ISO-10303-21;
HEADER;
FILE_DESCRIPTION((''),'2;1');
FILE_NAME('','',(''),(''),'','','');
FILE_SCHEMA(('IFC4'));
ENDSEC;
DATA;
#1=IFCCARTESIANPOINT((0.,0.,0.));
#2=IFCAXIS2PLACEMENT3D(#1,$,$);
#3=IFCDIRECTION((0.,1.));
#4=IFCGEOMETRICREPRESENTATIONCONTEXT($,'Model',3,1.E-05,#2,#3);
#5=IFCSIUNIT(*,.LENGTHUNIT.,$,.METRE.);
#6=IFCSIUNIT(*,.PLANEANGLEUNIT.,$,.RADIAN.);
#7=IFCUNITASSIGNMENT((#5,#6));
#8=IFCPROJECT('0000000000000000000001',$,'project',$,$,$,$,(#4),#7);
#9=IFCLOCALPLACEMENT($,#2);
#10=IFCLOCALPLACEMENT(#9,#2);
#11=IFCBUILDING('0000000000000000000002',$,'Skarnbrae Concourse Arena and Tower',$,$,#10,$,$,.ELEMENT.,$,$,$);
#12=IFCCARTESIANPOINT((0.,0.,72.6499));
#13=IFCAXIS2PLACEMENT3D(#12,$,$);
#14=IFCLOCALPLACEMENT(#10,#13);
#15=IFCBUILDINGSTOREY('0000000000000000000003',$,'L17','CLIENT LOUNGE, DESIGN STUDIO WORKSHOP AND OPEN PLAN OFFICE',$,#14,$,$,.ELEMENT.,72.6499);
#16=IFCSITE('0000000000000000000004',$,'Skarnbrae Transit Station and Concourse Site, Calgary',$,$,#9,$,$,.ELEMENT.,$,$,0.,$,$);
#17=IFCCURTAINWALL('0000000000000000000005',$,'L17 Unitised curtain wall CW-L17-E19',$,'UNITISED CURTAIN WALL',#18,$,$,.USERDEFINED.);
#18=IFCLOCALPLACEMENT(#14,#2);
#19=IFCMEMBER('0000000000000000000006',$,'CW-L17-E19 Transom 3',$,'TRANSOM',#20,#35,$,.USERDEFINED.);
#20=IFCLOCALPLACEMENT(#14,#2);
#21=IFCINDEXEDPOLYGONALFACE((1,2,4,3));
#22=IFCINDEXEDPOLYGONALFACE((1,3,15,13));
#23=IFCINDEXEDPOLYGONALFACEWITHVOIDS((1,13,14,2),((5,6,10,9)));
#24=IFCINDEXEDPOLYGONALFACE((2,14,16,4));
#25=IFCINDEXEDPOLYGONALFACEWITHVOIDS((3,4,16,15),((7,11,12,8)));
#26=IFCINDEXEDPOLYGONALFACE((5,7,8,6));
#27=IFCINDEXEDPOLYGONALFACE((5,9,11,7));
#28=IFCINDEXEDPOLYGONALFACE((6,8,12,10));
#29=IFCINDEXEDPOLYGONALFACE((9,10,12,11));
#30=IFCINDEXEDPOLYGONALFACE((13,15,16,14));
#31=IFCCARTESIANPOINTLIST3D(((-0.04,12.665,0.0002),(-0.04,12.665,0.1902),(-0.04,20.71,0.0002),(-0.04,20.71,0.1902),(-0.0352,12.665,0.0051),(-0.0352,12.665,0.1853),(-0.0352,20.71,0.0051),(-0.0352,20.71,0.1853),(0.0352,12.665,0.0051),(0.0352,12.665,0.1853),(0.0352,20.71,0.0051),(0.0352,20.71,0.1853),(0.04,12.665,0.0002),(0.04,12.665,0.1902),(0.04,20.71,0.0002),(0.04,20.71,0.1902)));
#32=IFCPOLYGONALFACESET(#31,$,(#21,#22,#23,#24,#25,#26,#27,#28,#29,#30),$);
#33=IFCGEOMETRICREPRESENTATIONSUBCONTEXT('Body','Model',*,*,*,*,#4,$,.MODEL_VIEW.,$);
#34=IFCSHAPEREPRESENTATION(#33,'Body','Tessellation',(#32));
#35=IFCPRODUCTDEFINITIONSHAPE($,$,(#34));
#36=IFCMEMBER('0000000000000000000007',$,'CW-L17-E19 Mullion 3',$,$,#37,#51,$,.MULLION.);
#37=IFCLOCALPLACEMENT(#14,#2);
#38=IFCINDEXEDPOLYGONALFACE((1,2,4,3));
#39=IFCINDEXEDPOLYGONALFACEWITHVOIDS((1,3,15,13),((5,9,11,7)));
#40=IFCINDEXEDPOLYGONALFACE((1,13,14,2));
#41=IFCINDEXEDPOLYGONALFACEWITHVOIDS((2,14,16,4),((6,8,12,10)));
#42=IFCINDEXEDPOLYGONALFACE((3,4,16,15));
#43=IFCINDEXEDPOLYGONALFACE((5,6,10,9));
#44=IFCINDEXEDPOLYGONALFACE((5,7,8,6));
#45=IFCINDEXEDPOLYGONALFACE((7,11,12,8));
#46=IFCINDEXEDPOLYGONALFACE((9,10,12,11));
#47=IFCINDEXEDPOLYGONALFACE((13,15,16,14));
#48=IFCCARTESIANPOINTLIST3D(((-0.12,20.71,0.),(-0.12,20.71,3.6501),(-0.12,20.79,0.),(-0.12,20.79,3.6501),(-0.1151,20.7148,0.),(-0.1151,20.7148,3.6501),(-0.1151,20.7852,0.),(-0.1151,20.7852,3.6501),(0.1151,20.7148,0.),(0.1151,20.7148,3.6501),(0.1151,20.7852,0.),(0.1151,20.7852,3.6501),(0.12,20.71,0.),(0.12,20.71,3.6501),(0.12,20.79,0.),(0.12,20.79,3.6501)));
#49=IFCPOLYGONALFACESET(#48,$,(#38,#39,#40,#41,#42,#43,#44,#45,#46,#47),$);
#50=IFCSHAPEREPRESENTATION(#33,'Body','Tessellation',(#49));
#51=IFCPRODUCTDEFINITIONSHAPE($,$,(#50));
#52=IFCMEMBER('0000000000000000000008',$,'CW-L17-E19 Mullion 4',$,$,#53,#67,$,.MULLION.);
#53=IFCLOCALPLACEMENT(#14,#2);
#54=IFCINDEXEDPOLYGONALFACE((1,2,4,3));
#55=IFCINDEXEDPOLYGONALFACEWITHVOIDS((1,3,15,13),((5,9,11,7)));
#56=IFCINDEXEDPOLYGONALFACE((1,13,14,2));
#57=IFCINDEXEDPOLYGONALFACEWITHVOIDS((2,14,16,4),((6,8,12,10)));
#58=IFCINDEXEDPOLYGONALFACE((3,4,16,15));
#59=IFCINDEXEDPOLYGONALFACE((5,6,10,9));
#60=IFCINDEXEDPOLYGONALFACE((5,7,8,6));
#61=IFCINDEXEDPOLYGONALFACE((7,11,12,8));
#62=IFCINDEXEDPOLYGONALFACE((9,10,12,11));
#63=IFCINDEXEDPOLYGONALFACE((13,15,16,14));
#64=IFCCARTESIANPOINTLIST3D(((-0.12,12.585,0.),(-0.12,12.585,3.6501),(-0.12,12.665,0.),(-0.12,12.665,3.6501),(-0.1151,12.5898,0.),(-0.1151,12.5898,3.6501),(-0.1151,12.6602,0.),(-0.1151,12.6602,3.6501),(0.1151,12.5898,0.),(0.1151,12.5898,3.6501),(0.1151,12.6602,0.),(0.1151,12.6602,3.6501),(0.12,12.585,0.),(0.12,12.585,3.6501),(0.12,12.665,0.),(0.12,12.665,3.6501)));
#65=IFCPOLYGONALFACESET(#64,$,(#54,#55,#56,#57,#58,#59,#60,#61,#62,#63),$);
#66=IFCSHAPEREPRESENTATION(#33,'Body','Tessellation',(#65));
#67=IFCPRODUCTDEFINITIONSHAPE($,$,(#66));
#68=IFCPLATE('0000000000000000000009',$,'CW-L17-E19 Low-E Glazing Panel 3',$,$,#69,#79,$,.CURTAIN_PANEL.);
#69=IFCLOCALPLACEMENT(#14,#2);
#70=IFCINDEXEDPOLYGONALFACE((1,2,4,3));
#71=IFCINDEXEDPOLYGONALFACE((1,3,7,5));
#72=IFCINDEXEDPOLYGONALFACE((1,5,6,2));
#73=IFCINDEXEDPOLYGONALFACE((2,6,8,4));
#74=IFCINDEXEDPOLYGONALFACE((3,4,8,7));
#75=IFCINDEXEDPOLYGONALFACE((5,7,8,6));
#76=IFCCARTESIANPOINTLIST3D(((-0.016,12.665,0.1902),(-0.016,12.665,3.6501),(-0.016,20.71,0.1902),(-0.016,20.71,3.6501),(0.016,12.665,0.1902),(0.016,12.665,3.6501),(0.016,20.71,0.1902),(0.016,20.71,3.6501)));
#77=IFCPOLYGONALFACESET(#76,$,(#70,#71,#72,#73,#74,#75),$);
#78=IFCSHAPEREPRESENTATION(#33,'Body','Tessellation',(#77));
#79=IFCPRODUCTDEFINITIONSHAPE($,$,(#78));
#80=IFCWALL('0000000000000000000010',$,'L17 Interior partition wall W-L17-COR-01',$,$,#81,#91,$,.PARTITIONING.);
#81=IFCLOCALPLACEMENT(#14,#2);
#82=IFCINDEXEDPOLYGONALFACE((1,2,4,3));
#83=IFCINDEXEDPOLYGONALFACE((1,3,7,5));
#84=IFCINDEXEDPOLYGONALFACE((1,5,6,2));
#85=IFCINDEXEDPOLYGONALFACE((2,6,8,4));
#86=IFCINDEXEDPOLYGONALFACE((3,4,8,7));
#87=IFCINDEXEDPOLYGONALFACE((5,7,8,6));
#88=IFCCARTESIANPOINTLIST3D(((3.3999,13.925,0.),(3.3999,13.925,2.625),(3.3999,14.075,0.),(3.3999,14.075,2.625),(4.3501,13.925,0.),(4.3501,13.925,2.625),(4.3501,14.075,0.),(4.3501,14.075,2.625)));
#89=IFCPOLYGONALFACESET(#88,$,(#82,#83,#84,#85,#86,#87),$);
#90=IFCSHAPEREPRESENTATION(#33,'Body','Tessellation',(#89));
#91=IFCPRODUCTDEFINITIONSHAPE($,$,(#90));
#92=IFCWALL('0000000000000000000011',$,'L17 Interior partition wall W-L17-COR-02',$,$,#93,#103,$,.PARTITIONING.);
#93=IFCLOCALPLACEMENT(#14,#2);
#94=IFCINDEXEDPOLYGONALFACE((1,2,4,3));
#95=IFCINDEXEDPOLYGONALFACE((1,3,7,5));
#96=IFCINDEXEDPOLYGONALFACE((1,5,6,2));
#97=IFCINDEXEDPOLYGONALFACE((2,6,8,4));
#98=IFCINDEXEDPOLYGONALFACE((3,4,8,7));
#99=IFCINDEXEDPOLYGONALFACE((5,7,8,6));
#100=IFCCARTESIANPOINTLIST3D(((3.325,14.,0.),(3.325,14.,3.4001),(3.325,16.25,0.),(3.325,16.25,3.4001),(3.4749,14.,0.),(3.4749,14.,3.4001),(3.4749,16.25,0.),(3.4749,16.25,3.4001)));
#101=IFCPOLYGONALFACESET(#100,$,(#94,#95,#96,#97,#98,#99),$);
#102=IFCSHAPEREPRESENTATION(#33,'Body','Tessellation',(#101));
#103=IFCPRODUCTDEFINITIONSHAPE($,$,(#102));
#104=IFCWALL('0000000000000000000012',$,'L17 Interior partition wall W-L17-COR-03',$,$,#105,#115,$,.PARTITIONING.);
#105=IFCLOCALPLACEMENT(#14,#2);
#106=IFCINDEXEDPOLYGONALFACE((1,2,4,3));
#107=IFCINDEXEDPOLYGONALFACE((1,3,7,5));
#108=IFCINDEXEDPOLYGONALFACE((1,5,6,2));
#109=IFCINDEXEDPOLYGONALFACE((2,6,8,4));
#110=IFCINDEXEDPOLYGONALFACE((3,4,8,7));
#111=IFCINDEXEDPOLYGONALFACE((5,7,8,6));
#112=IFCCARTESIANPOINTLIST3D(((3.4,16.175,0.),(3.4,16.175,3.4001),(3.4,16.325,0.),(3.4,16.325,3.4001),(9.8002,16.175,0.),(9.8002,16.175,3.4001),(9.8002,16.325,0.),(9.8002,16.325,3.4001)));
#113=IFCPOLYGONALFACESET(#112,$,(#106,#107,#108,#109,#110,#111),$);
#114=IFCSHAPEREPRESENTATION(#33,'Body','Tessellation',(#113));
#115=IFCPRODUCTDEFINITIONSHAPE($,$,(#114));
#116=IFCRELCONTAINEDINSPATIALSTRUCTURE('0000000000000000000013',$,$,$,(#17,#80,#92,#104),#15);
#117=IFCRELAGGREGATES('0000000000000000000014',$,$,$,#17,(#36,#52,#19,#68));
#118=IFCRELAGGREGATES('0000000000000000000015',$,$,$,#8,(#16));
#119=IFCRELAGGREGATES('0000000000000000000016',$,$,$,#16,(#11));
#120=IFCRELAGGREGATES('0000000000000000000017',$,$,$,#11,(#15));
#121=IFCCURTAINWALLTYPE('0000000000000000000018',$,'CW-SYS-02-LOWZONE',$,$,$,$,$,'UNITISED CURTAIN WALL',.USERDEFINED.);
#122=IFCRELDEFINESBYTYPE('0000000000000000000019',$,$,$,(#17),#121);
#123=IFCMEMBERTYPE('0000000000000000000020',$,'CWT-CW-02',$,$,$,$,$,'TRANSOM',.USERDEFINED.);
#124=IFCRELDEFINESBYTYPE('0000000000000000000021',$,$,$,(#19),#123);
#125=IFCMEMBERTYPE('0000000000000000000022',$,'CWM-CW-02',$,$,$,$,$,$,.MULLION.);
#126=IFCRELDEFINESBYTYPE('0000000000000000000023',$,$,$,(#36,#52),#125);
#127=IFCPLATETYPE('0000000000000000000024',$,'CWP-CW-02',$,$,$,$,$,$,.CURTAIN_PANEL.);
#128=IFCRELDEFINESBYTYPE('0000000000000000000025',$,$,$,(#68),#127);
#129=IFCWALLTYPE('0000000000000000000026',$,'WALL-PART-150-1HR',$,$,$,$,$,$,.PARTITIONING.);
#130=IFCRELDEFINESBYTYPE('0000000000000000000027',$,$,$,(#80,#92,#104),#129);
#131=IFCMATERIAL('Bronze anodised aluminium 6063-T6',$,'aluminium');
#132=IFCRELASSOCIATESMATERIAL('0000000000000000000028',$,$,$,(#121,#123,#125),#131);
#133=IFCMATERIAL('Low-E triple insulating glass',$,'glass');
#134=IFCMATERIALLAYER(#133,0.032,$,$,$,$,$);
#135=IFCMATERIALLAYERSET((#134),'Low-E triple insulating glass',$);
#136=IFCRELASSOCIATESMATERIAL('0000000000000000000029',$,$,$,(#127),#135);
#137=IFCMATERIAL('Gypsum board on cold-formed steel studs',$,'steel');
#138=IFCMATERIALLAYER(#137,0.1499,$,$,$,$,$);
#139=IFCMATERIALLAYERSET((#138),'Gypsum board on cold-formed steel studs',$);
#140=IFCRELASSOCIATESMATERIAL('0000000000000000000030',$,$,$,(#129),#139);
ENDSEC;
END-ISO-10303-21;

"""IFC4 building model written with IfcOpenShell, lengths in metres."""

from ifc_helpers import new_model, si_unit, direction, frame, frame_2d, origin, origin_2d, place, context, subcontext, project, spatial, rectangle, hollow_rectangle, extrude, source, transform, mapped, material, layer, layer_set, material_profile, profile_set, type_object, element, aggregate, save


model = new_model("IFC4")

# Units and contexts
model_context = context("Model", 3, precision=1e-05, world=origin(), true_north=direction((0.0, 1.0)))
body_context = subcontext(model_context, "Body", "Model", "MODEL_VIEW")
ifc_project = project(units=[si_unit("LENGTHUNIT", "METRE"), si_unit("PLANEANGLEUNIT", "RADIAN")], contexts=[model_context])

# Site, building, storey
site_placement = place(None, origin())
site = spatial("IfcSite", under=ifc_project, at=site_placement, Name="Skarnbrae Transit Station and Concourse Site, Calgary", CompositionType="ELEMENT", RefElevation=0.0)
building_placement = place(site_placement, origin())
building = spatial("IfcBuilding", under=site, at=building_placement, Name="Skarnbrae Concourse Arena and Tower", CompositionType="ELEMENT")
storey_placement = place(building_placement, frame((0.0, 0.0, 72.6499)))
storey = spatial("IfcBuildingStorey", under=building, at=storey_placement, Name="L17", Description="CLIENT LOUNGE, DESIGN STUDIO WORKSHOP AND OPEN PLAN OFFICE", CompositionType="ELEMENT", Elevation=72.6499)

# Curtain wall, members, plate
ifc_material_1 = material(Name="Bronze anodised aluminium 6063-T6", Category="aluminium")
curtain_wall_type = type_object("IfcCurtainWallType", Name="CW-SYS-02-LOWZONE", ElementType="UNITISED CURTAIN WALL", PredefinedType="USERDEFINED", material=ifc_material_1)
curtain_wall_placement = place(storey_placement, origin())
curtain_wall = element("IfcCurtainWall", 1, at=curtain_wall_placement, inside=storey, type_object=curtain_wall_type, Name="L17 Unitised curtain wall CW-L17-E19", ObjectType="UNITISED CURTAIN WALL", PredefinedType="USERDEFINED")
ifc_material_profile_1 = material_profile(ifc_material_1, hollow_rectangle(XDim=0.0801, YDim=0.1899, WallThickness=0.0049, at=origin_2d()), Name="ALU-TRAN-80X190")
ifc_profile_set_1 = profile_set([ifc_material_profile_1], Name="Bronze anodised aluminium 6063-T6")
member_type_1 = type_object("IfcMemberType", Name="CWT-CW-02", ElementType="TRANSOM", PredefinedType="USERDEFINED", material=ifc_profile_set_1)
shared_shape_1 = source(origin(), body_context, "Body", "SweptSolid", [
    extrude(hollow_rectangle(XDim=0.0801, YDim=0.1899, WallThickness=0.0049, at=origin_2d()), origin(), (0.0, 0.0, 1.0), 8.0449),
])
member_1_placement = place(storey_placement, frame((0.0, 20.71, 0.0952), z_axis=(0.0, -1.0, 0.0), x_axis=(1.0, 0.0, 0.0)))
member_1 = element("IfcMember", 2, at=member_1_placement, type_object=member_type_1, Name="CW-L17-E19 Transom 3", ObjectType="TRANSOM", PredefinedType="USERDEFINED", context=body_context, shape_type="MappedRepresentation", body=[
    mapped(shared_shape_1, transform((0.0, 0.0, 0.0))),
])
ifc_material_profile_2 = material_profile(ifc_material_1, hollow_rectangle(XDim=0.0801, YDim=0.24, WallThickness=0.0049, at=origin_2d()), Name="ALU-MULL-80X240")
ifc_profile_set_2 = profile_set([ifc_material_profile_2], Name="Bronze anodised aluminium 6063-T6")
member_type_2 = type_object("IfcMemberType", Name="CWM-CW-02", PredefinedType="MULLION", material=ifc_profile_set_2)
shared_shape_2 = source(origin(), body_context, "Body", "SweptSolid", [
    extrude(hollow_rectangle(XDim=0.0801, YDim=0.24, WallThickness=0.0049, at=origin_2d()), origin(), (0.0, 0.0, 1.0), 3.6501),
])
member_2_placement = place(storey_placement, frame((0.0, 20.75, 0.0), z_axis=(0.0, 0.0, 1.0), x_axis=(0.0, -1.0, 0.0)))
member_2 = element("IfcMember", 3, at=member_2_placement, type_object=member_type_2, Name="CW-L17-E19 Mullion 3", PredefinedType="MULLION", context=body_context, shape_type="MappedRepresentation", body=[
    mapped(shared_shape_2, transform((0.0, 0.0, 0.0))),
])
member_3_placement = place(storey_placement, frame((0.0, 12.625, 0.0), z_axis=(0.0, 0.0, 1.0), x_axis=(0.0, -1.0, 0.0)))
member_3 = element("IfcMember", 4, at=member_3_placement, type_object=member_type_2, Name="CW-L17-E19 Mullion 4", PredefinedType="MULLION", context=body_context, shape_type="MappedRepresentation", body=[
    mapped(shared_shape_2, transform((0.0, 0.0, 0.0))),
])
ifc_material_2 = material(Name="Low-E triple insulating glass", Category="glass")
ifc_layer_1 = layer(ifc_material_2, 0.032)
ifc_layer_set_1 = layer_set([ifc_layer_1], Name="Low-E triple insulating glass")
plate_type = type_object("IfcPlateType", Name="CWP-CW-02", PredefinedType="CURTAIN_PANEL", material=ifc_layer_set_1)
shared_shape_3 = source(origin(), body_context, "Body", "SweptSolid", [
    extrude(rectangle(XDim=8.0449, YDim=0.032, at=origin_2d()), origin(), (0.0, 0.0, 1.0), 3.46),
])
plate_placement = place(storey_placement, frame((0.0, 16.6875, 0.1902), z_axis=(0.0, 0.0, 1.0), x_axis=(0.0, -1.0, 0.0)))
plate = element("IfcPlate", 5, at=plate_placement, type_object=plate_type, Name="CW-L17-E19 Low-E Glazing Panel 3", PredefinedType="CURTAIN_PANEL", context=body_context, shape_type="MappedRepresentation", body=[
    mapped(shared_shape_3, transform((0.0, 0.0, 0.0))),
])
aggregate(curtain_wall, [member_2, member_3, member_1, plate])

# Wall
ifc_material_3 = material(Name="Gypsum board on cold-formed steel studs", Category="steel")
ifc_layer_2 = layer(ifc_material_3, 0.1499)
ifc_layer_set_2 = layer_set([ifc_layer_2], Name="Gypsum board on cold-formed steel studs")
wall_type_1 = type_object("IfcWallType", Name="WALL-PART-150-1HR", PredefinedType="PARTITIONING", material=ifc_layer_set_2)
shared_shape_4 = source(origin(), body_context, "Body", "SweptSolid", [
    extrude(rectangle(XDim=0.9502, YDim=0.1499, at=frame_2d((0.4751, 0.0))), origin(), (0.0, 0.0, 1.0), 2.625),
])
wall_1_placement = place(storey_placement, frame((4.3501, 14.0, 0.0), z_axis=(0.0, 0.0, 1.0), x_axis=(-1.0, 0.0, 0.0)))
element("IfcWall", 6, at=wall_1_placement, inside=storey, type_object=wall_type_1, Name="L17 Interior partition wall W-L17-COR-01", PredefinedType="PARTITIONING", context=body_context, shape_type="MappedRepresentation", body=[
    mapped(shared_shape_4, transform((0.0, 0.0, 0.0))),
])

# Walls
shared_shape_5 = source(origin(), body_context, "Body", "SweptSolid", [
    extrude(rectangle(XDim=2.25, YDim=0.1499, at=frame_2d((1.125, 0.0))), origin(), (0.0, 0.0, 1.0), 3.4001),
])
wall_2_placement = place(storey_placement, frame((3.3999, 14.0, 0.0), z_axis=(0.0, 0.0, 1.0), x_axis=(0.0, 1.0, 0.0)))
element("IfcWall", 7, at=wall_2_placement, inside=storey, type_object=wall_type_1, Name="L17 Interior partition wall W-L17-COR-02", PredefinedType="PARTITIONING", context=body_context, shape_type="MappedRepresentation", body=[
    mapped(shared_shape_5, transform((0.0, 0.0, 0.0))),
])
shared_shape_6 = source(origin(), body_context, "Body", "SweptSolid", [
    extrude(rectangle(XDim=6.4001, YDim=0.1499, at=frame_2d((3.2002, 0.0))), origin(), (0.0, 0.0, 1.0), 3.4001),
])
wall_3_placement = place(storey_placement, frame((3.3999, 16.25, 0.0), z_axis=(0.0, 0.0, 1.0), x_axis=(1.0, 0.0, 0.0)))
element("IfcWall", 8, at=wall_3_placement, inside=storey, type_object=wall_type_1, Name="L17 Interior partition wall W-L17-COR-03", PredefinedType="PARTITIONING", context=body_context, shape_type="MappedRepresentation", body=[
    mapped(shared_shape_6, transform((0.0, 0.0, 0.0))),
])

save(model, "model.ifc")
